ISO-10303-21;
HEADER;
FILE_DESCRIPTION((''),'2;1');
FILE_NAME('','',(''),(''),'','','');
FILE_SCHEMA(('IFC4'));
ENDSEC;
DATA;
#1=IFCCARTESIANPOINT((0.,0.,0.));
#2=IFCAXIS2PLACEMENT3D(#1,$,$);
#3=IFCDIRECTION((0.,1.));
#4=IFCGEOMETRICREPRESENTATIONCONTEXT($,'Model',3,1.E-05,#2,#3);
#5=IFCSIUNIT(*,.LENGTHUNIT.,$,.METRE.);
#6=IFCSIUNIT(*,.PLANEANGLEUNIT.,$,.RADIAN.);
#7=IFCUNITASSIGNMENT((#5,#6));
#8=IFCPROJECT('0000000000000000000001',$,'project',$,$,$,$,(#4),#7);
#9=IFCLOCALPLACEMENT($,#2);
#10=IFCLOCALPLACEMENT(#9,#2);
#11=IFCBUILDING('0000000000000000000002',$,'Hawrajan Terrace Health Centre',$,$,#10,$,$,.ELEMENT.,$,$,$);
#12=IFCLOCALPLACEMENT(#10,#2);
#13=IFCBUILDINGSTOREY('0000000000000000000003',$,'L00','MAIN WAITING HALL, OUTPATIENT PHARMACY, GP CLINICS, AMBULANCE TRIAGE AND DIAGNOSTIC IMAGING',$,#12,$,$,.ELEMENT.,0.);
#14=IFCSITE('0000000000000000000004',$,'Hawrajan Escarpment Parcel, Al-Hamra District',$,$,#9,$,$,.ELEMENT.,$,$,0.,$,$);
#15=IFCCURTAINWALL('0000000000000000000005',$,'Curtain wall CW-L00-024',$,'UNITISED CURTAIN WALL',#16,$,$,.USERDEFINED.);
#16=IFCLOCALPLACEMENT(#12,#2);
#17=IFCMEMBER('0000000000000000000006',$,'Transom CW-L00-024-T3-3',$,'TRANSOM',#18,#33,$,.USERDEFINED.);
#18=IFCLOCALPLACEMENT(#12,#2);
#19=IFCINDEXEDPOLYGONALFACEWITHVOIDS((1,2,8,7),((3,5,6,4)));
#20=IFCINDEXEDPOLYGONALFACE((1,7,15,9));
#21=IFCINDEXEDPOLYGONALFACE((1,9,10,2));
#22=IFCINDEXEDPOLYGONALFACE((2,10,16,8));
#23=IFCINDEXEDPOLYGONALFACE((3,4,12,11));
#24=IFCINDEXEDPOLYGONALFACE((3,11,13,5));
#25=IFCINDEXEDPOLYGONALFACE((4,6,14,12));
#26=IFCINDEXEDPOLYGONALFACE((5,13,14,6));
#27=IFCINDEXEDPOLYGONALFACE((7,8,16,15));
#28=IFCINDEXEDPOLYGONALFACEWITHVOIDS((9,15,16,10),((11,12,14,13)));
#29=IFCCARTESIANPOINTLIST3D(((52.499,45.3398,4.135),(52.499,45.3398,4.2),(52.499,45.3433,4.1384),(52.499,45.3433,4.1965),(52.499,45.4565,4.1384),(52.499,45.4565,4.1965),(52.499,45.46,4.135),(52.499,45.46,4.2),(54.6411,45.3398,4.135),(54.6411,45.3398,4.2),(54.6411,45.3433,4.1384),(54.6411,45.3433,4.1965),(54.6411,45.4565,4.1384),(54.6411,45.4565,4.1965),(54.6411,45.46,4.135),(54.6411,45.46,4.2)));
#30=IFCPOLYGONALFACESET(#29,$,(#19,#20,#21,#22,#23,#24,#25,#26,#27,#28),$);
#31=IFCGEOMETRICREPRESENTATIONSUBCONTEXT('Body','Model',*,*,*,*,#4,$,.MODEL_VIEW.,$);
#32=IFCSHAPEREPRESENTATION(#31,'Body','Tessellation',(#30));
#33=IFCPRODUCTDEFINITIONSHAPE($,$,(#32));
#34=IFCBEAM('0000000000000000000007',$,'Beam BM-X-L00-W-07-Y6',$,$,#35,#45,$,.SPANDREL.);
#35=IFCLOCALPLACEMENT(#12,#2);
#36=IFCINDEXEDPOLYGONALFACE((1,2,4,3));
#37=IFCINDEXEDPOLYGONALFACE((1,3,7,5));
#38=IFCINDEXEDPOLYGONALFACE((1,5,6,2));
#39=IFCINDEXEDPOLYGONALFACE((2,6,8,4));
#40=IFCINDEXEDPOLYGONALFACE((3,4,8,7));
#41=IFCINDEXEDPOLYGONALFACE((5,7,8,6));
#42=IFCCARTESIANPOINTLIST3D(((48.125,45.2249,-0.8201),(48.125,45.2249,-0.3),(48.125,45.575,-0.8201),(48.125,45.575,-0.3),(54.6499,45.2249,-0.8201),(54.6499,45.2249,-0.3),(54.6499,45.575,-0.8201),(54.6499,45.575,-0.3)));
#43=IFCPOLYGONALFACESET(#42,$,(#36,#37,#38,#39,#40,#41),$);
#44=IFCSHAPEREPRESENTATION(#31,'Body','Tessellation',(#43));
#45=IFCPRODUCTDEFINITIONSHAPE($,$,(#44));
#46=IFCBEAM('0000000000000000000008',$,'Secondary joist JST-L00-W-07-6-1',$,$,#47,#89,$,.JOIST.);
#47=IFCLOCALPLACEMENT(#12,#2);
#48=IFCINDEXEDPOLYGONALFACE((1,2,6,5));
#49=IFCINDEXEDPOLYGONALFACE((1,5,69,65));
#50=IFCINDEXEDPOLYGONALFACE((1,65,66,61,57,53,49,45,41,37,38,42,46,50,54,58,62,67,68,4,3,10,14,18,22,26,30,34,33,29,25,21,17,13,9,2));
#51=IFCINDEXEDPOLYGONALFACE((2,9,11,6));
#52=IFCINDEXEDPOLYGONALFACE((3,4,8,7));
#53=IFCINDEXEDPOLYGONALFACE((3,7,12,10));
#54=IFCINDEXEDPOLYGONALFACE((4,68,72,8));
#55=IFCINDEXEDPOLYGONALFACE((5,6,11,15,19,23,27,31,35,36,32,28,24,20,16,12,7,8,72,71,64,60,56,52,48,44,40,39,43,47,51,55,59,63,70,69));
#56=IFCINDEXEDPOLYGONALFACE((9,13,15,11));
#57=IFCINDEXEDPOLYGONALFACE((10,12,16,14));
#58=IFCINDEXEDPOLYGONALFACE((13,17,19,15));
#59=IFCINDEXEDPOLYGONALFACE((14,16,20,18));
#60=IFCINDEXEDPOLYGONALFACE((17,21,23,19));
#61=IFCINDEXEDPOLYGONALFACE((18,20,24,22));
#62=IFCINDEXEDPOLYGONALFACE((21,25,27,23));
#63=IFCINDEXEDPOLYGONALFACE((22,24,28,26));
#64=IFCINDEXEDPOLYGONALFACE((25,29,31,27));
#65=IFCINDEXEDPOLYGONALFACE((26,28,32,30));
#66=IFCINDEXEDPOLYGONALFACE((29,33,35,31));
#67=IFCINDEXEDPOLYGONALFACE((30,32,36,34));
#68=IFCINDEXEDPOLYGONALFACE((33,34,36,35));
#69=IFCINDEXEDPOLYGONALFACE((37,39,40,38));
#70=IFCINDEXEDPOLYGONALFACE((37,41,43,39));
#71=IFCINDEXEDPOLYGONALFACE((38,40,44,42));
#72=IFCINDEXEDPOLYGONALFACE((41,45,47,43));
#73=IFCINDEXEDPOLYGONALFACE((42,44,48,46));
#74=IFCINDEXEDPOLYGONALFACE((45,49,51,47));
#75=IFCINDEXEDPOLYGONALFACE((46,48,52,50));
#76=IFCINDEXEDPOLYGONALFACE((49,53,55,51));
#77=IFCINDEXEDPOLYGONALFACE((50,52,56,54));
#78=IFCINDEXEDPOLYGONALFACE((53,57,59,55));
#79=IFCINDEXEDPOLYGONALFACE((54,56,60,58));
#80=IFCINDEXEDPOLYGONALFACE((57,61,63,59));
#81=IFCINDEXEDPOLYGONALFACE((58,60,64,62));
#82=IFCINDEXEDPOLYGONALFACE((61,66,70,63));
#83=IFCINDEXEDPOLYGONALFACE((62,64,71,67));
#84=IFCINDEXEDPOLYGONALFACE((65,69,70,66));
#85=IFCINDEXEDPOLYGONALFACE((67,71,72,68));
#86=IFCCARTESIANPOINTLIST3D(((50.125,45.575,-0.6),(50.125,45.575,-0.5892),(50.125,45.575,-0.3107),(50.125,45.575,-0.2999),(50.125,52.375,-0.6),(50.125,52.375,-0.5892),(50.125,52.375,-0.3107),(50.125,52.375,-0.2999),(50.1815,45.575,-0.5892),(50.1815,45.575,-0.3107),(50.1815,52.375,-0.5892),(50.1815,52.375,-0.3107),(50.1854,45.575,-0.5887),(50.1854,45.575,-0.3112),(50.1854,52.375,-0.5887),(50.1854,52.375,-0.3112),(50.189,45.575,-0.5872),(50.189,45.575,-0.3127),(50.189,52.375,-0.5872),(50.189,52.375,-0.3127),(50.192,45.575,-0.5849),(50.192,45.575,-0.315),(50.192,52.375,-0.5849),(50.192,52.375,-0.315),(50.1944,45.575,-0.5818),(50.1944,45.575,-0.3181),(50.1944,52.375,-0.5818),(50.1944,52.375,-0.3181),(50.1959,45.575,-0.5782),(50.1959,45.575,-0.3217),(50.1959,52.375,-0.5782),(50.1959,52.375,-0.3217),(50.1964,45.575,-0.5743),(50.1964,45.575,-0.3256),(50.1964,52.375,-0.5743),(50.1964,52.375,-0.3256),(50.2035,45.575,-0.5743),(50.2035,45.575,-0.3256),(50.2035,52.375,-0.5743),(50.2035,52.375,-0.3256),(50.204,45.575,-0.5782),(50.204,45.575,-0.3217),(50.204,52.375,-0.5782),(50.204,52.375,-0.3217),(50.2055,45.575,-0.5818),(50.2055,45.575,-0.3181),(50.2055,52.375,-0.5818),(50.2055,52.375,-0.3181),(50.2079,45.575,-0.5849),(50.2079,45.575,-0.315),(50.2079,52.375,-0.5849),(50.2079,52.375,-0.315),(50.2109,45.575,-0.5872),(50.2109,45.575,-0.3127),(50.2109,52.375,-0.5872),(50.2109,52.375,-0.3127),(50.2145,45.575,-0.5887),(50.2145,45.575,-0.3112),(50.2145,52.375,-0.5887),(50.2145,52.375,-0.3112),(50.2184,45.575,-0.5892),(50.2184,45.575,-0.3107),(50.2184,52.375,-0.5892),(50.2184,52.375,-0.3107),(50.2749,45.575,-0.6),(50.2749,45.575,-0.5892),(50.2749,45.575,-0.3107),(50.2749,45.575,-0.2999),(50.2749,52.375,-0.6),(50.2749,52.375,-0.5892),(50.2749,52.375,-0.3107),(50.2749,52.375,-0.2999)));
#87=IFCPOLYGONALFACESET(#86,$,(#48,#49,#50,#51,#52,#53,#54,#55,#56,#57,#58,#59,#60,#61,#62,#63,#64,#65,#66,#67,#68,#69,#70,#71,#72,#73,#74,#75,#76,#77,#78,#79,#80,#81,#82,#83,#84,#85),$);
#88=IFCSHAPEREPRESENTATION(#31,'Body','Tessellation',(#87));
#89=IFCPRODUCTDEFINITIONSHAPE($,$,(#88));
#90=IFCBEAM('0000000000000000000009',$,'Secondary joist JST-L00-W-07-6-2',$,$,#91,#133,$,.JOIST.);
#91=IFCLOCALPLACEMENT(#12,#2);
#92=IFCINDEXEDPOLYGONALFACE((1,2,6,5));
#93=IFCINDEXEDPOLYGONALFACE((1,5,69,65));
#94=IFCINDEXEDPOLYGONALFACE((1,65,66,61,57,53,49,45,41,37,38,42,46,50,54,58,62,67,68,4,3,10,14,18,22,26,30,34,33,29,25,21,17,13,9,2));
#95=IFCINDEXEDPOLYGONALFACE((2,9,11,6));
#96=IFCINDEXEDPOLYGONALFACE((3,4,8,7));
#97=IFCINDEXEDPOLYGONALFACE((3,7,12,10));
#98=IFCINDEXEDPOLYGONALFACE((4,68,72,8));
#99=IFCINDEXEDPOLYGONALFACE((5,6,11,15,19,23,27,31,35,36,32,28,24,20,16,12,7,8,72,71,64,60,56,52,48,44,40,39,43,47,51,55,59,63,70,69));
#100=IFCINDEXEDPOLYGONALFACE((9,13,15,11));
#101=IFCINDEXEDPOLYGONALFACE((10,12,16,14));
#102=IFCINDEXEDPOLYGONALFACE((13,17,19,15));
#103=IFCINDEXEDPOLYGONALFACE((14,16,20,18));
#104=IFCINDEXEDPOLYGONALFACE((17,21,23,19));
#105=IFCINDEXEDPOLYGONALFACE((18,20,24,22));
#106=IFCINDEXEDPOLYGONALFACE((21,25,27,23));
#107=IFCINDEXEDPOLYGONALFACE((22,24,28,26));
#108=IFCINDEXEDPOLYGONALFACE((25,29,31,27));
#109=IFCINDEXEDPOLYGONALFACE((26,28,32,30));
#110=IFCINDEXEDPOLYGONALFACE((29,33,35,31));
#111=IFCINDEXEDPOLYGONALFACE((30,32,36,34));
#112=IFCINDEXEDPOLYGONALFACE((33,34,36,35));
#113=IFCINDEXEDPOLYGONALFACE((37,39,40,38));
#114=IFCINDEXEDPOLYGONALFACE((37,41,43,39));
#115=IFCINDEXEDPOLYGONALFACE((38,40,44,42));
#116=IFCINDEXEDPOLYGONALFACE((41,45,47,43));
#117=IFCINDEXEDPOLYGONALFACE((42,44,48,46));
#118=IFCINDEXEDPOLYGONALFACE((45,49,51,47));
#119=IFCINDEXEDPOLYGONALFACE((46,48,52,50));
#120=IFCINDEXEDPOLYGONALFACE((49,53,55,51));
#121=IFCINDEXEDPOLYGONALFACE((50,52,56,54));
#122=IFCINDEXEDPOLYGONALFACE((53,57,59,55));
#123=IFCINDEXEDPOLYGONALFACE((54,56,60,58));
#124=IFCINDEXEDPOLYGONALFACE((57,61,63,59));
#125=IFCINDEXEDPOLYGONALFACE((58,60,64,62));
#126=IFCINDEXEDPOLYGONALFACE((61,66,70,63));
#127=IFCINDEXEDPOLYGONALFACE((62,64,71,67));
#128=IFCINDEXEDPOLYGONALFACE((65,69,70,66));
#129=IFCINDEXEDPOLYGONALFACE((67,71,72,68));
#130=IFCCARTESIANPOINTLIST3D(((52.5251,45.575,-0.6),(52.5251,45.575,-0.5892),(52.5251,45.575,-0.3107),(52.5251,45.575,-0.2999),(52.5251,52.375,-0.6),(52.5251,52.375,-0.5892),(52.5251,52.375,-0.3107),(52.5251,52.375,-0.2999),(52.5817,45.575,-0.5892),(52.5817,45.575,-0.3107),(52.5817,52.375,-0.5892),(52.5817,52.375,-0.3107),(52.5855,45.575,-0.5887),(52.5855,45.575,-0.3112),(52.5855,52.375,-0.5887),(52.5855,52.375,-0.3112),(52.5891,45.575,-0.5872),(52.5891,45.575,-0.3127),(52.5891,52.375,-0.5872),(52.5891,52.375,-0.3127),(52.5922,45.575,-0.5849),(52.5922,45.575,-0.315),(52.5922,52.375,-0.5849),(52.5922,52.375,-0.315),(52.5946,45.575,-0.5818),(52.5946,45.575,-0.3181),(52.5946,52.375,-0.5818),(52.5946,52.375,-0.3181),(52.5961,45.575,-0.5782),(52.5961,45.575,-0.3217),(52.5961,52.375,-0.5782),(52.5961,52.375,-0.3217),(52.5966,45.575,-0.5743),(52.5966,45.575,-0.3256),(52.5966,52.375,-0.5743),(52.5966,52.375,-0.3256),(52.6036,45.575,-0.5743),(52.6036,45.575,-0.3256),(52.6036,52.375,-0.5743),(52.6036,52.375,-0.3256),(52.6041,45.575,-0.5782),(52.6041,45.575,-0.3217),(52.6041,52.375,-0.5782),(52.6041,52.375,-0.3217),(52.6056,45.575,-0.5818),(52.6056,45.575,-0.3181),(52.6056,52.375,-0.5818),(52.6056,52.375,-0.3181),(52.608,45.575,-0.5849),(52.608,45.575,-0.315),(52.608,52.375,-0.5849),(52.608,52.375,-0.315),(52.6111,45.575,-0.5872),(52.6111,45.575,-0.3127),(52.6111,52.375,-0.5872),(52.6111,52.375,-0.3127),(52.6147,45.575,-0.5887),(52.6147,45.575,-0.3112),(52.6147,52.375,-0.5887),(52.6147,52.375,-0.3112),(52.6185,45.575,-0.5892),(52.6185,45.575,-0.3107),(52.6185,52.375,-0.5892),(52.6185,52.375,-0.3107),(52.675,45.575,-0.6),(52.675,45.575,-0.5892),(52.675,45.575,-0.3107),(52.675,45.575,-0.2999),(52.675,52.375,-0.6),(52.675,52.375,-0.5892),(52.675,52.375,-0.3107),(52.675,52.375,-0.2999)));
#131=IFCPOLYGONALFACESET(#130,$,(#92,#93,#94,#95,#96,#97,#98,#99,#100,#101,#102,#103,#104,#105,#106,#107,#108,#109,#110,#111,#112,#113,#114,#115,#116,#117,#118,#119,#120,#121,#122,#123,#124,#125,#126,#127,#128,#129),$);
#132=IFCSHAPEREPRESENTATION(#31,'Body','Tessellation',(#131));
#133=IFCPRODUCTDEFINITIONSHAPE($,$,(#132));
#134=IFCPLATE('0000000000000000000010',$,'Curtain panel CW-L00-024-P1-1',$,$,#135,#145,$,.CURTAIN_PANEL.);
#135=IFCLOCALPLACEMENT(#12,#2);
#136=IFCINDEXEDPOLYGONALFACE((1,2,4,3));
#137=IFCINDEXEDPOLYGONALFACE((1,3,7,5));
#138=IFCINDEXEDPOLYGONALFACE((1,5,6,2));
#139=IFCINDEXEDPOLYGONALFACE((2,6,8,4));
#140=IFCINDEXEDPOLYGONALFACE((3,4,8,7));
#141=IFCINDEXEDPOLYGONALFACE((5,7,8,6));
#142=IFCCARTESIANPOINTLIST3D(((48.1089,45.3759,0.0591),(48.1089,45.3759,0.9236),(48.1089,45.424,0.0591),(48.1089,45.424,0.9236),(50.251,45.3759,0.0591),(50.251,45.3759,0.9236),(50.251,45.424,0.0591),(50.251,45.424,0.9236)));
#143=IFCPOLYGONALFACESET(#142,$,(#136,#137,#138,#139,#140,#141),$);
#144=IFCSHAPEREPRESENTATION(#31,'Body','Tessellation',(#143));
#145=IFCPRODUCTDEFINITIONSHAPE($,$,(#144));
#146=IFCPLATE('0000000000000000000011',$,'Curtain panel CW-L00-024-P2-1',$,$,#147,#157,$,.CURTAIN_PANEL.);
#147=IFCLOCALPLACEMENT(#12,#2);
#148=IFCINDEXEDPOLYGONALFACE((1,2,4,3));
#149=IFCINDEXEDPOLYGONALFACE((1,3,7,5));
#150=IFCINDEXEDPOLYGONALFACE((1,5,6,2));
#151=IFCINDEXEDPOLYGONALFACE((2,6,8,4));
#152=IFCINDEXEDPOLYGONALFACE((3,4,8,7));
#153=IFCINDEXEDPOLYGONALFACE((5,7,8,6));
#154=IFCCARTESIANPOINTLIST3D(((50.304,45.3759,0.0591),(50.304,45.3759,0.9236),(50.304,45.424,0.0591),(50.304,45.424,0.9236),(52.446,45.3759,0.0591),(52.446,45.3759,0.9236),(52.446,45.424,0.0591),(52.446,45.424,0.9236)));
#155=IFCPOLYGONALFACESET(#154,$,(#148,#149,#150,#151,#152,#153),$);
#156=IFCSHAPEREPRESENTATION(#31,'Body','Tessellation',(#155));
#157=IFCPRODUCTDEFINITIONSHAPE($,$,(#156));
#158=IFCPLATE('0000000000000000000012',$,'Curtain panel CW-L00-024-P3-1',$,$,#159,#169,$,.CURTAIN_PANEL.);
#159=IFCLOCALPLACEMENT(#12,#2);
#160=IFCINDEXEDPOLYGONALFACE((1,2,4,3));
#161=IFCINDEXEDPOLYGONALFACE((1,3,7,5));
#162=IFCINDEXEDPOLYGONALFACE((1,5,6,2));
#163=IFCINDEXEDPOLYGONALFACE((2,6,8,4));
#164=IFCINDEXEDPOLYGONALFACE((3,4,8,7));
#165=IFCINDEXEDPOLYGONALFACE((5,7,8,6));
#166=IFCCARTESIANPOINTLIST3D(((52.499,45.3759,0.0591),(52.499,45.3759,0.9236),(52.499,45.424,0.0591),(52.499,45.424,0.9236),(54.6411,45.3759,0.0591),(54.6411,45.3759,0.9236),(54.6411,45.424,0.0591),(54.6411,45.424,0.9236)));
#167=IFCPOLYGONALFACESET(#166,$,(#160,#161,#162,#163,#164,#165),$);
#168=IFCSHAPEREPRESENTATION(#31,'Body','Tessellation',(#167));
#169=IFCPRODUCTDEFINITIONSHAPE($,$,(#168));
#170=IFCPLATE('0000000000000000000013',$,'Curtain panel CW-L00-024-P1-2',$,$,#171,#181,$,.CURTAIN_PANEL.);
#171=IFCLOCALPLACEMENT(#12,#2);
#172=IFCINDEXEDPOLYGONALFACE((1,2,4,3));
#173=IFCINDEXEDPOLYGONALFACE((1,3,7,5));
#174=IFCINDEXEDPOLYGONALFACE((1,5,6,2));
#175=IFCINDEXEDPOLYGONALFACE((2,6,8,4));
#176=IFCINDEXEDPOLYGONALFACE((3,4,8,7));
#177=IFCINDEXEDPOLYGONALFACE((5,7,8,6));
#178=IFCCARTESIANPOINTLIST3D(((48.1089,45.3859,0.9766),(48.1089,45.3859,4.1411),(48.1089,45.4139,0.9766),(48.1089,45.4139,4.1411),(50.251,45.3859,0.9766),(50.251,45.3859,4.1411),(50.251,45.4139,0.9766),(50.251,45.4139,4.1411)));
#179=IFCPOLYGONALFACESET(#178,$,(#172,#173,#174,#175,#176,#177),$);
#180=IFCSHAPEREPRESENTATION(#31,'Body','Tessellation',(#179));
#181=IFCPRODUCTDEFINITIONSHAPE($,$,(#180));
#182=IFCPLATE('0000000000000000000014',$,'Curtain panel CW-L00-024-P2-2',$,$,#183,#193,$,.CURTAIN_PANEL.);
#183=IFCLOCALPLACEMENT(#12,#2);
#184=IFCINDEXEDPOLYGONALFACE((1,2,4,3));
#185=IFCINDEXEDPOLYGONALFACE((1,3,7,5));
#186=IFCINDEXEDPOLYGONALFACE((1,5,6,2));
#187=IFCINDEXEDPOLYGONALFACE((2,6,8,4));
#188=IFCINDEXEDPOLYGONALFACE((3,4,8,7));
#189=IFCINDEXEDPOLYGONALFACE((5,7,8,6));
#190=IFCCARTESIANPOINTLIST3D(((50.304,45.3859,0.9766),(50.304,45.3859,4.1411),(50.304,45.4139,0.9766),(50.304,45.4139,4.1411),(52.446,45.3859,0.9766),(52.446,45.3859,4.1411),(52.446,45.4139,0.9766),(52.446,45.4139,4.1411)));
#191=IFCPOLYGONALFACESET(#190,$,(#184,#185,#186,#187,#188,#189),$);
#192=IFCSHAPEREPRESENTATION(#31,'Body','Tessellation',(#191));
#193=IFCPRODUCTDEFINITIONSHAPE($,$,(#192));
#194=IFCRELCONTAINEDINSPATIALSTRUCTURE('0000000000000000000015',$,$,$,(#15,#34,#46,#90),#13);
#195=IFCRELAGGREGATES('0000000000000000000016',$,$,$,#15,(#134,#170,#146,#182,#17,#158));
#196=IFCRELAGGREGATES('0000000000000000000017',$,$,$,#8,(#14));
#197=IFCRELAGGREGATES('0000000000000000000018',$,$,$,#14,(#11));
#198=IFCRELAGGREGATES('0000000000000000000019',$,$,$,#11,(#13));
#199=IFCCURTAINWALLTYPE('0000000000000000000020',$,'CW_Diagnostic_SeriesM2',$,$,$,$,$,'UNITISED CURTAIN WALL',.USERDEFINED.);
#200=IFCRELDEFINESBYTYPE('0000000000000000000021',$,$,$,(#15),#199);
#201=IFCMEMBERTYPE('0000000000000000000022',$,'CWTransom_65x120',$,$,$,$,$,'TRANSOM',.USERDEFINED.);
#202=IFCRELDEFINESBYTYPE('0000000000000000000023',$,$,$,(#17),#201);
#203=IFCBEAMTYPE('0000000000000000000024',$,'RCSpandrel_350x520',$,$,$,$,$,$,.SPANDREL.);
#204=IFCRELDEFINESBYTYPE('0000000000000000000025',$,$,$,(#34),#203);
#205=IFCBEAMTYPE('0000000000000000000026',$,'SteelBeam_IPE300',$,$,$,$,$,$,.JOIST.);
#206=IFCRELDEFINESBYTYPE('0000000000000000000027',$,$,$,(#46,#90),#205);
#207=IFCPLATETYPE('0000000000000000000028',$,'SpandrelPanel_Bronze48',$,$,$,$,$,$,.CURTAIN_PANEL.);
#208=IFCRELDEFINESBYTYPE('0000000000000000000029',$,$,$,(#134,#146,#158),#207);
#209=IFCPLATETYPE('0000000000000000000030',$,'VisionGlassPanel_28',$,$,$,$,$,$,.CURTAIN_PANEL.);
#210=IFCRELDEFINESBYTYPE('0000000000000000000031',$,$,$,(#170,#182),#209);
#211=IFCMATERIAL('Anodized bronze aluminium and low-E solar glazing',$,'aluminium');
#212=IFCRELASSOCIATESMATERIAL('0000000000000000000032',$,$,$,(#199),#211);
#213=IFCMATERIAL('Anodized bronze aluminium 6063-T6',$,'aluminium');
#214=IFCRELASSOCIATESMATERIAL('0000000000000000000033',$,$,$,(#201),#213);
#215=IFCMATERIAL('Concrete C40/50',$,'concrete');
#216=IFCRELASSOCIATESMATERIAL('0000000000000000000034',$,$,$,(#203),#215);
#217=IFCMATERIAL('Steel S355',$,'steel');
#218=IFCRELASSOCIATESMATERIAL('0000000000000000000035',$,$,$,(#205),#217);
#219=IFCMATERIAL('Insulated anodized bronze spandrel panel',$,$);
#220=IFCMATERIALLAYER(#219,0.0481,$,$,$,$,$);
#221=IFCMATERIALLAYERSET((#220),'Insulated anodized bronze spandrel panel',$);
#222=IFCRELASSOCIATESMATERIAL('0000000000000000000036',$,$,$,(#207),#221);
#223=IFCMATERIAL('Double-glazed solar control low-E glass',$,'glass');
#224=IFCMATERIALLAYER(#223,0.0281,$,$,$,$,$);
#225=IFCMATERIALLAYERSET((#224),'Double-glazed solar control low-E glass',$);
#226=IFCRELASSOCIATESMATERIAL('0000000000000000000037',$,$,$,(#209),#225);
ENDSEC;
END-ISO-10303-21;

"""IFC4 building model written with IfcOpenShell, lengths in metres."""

from ifc_helpers import new_model, si_unit, direction, frame, origin, origin_2d, place, context, subcontext, project, spatial, rectangle, hollow_rectangle, i_section, extrude, material, layer, layer_set, material_profile, profile_set, type_object, element, aggregate, save


model = new_model("IFC4")

# Units and contexts
model_context = context("Model", 3, precision=1e-05, world=origin(), true_north=direction((0.0, 1.0)))
body_context = subcontext(model_context, "Body", "Model", "MODEL_VIEW")
ifc_project = project(units=[si_unit("LENGTHUNIT", "METRE"), si_unit("PLANEANGLEUNIT", "RADIAN")], contexts=[model_context])

# Site, building, storey
site_placement = place(None, origin())
site = spatial("IfcSite", under=ifc_project, at=site_placement, Name="Hawrajan Escarpment Parcel, Al-Hamra District", CompositionType="ELEMENT", RefElevation=0.0)
building_placement = place(site_placement, origin())
building = spatial("IfcBuilding", under=site, at=building_placement, Name="Hawrajan Terrace Health Centre", CompositionType="ELEMENT")
storey_placement = place(building_placement, origin())
storey = spatial("IfcBuildingStorey", under=building, at=storey_placement, Name="L00", Description="MAIN WAITING HALL, OUTPATIENT PHARMACY, GP CLINICS, AMBULANCE TRIAGE AND DIAGNOSTIC IMAGING", CompositionType="ELEMENT", Elevation=0.0)

# Shared definitions
ifc_material_1 = material(Name="Concrete C40/50", Category="concrete")

# Curtain wall
ifc_material_2 = material(Name="Anodized bronze aluminium and low-E solar glazing", Category="aluminium")
curtain_wall_type_1 = type_object("IfcCurtainWallType", Name="CW_Diagnostic_SeriesM2", ElementType="UNITISED CURTAIN WALL", PredefinedType="USERDEFINED", material=ifc_material_2)
curtain_wall_1_placement = place(storey_placement, origin())
curtain_wall_1 = element("IfcCurtainWall", 1, at=curtain_wall_1_placement, inside=storey, type_object=curtain_wall_type_1, Name="Curtain wall CW-L00-024", ObjectType="UNITISED CURTAIN WALL", PredefinedType="USERDEFINED")
ifc_material_3 = material(Name="Anodized bronze aluminium 6063-T6", Category="aluminium")

# Member
ifc_material_profile_1 = material_profile(ifc_material_3, hollow_rectangle(XDim=0.0649, YDim=0.1201, WallThickness=0.0034, at=origin_2d()), Name="CW TRN 65x120")
ifc_profile_set_1 = profile_set([ifc_material_profile_1], Name="Anodized bronze aluminium 6063-T6")
member_type_1 = type_object("IfcMemberType", Name="CWTransom_65x120", ElementType="TRANSOM", PredefinedType="USERDEFINED", material=ifc_profile_set_1)
member_1_placement = place(storey_placement, frame((52.499, 45.3999, 4.1675), z_axis=(1.0, 0.0, 0.0), x_axis=(0.0, 0.0, 1.0)))
member_1 = element("IfcMember", 2, at=member_1_placement, type_object=member_type_1, Name="Transom CW-L00-024-T3-3", ObjectType="TRANSOM", PredefinedType="USERDEFINED", context=body_context, shape_type="SweptSolid", body=[
    extrude(hollow_rectangle(XDim=0.0649, YDim=0.1201, WallThickness=0.0034, at=origin_2d()), origin(), (0.0, 0.0, 1.0), 2.1421),
])

# Beams
ifc_material_profile_2 = material_profile(ifc_material_1, rectangle(XDim=0.3501, YDim=0.52, at=origin_2d()), Name="RC SP 350x520")
ifc_profile_set_2 = profile_set([ifc_material_profile_2], Name="Concrete C40/50")
beam_type_1 = type_object("IfcBeamType", Name="RCSpandrel_350x520", PredefinedType="SPANDREL", material=ifc_profile_set_2)
beam_placement = place(storey_placement, frame((48.125, 45.3999, -0.5601), z_axis=(1.0, 0.0, 0.0), x_axis=(0.0, 1.0, 0.0)))
element("IfcBeam", 3, at=beam_placement, inside=storey, type_object=beam_type_1, Name="Beam BM-X-L00-W-07-Y6", PredefinedType="SPANDREL", context=body_context, shape_type="SweptSolid", body=[
    extrude(rectangle(XDim=0.3501, YDim=0.52, at=origin_2d()), origin(), (0.0, 0.0, 1.0), 6.5249),
])
ifc_material_4 = material(Name="Steel S355", Category="steel")
ifc_material_profile_3 = material_profile(ifc_material_4, i_section(OverallWidth=0.1499, OverallDepth=0.3, WebThickness=0.0071, FlangeThickness=0.0107, FilletRadius=0.0149, at=origin_2d()), Name="IPE 300")
ifc_profile_set_3 = profile_set([ifc_material_profile_3], Name="Steel S355")
beam_type_2 = type_object("IfcBeamType", Name="SteelBeam_IPE300", PredefinedType="JOIST", material=ifc_profile_set_3)
for number, where, z_axis, x_axis, name in (
    (4, (50.2, 45.575, -0.45), (0.0, 1.0, 0.0), (-1.0, 0.0, 0.0), "Secondary joist JST-L00-W-07-6-1"),
    (5, (52.6001, 45.575, -0.45), (0.0, 1.0, 0.0), (-1.0, 0.0, 0.0), "Secondary joist JST-L00-W-07-6-2"),
):
    element("IfcBeam", number, at=place(storey_placement, frame(where, z_axis=z_axis, x_axis=x_axis)), inside=storey, type_object=beam_type_2, Name=name, PredefinedType="JOIST", context=body_context, shape_type="SweptSolid", body=[
        extrude(i_section(OverallWidth=0.1499, OverallDepth=0.3, WebThickness=0.0071, FlangeThickness=0.0107, FilletRadius=0.0149, at=origin_2d()), origin(), (0.0, 0.0, 1.0), 6.8),
    ])

# Plates
ifc_material_5 = material(Name="Insulated anodized bronze spandrel panel")
ifc_layer_1 = layer(ifc_material_5, 0.0481)
ifc_layer_set_1 = layer_set([ifc_layer_1], Name="Insulated anodized bronze spandrel panel")
plate_type_1 = type_object("IfcPlateType", Name="SpandrelPanel_Bronze48", PredefinedType="CURTAIN_PANEL", material=ifc_layer_set_1)
plate_1_placement = place(storey_placement, frame((49.1799, 45.3999, 0.0591), z_axis=(0.0, 0.0, 1.0), x_axis=(1.0, 0.0, 0.0)))
plate_1 = element("IfcPlate", 6, at=plate_1_placement, type_object=plate_type_1, Name="Curtain panel CW-L00-024-P1-1", PredefinedType="CURTAIN_PANEL", context=body_context, shape_type="SweptSolid", body=[
    extrude(rectangle(XDim=2.1421, YDim=0.0481, at=origin_2d()), origin(), (0.0, 0.0, 1.0), 0.8645),
])
plate_2_placement = place(storey_placement, frame((51.375, 45.3999, 0.0591), z_axis=(0.0, 0.0, 1.0), x_axis=(1.0, 0.0, 0.0)))
plate_2 = element("IfcPlate", 7, at=plate_2_placement, type_object=plate_type_1, Name="Curtain panel CW-L00-024-P2-1", PredefinedType="CURTAIN_PANEL", context=body_context, shape_type="SweptSolid", body=[
    extrude(rectangle(XDim=2.1421, YDim=0.0481, at=origin_2d()), origin(), (0.0, 0.0, 1.0), 0.8645),
])
plate_3_placement = place(storey_placement, frame((53.5701, 45.3999, 0.0591), z_axis=(0.0, 0.0, 1.0), x_axis=(1.0, 0.0, 0.0)))
plate_3 = element("IfcPlate", 8, at=plate_3_placement, type_object=plate_type_1, Name="Curtain panel CW-L00-024-P3-1", PredefinedType="CURTAIN_PANEL", context=body_context, shape_type="SweptSolid", body=[
    extrude(rectangle(XDim=2.1421, YDim=0.0481, at=origin_2d()), origin(), (0.0, 0.0, 1.0), 0.8645),
])
ifc_material_6 = material(Name="Double-glazed solar control low-E glass", Category="glass")
ifc_layer_2 = layer(ifc_material_6, 0.0281)
ifc_layer_set_2 = layer_set([ifc_layer_2], Name="Double-glazed solar control low-E glass")
plate_type_2 = type_object("IfcPlateType", Name="VisionGlassPanel_28", PredefinedType="CURTAIN_PANEL", material=ifc_layer_set_2)
plate_4_placement = place(storey_placement, frame((49.1799, 45.3999, 0.9766), z_axis=(0.0, 0.0, 1.0), x_axis=(1.0, 0.0, 0.0)))
plate_4 = element("IfcPlate", 9, at=plate_4_placement, type_object=plate_type_2, Name="Curtain panel CW-L00-024-P1-2", PredefinedType="CURTAIN_PANEL", context=body_context, shape_type="SweptSolid", body=[
    extrude(rectangle(XDim=2.1421, YDim=0.0281, at=origin_2d()), origin(), (0.0, 0.0, 1.0), 3.1646),
])
plate_5_placement = place(storey_placement, frame((51.375, 45.3999, 0.9766), z_axis=(0.0, 0.0, 1.0), x_axis=(1.0, 0.0, 0.0)))
plate_5 = element("IfcPlate", 10, at=plate_5_placement, type_object=plate_type_2, Name="Curtain panel CW-L00-024-P2-2", PredefinedType="CURTAIN_PANEL", context=body_context, shape_type="SweptSolid", body=[
    extrude(rectangle(XDim=2.1421, YDim=0.0281, at=origin_2d()), origin(), (0.0, 0.0, 1.0), 3.1646),
])
aggregate(curtain_wall_1, [plate_1, plate_4, plate_2, plate_5, member_1, plate_3])

save(model, "model.ifc")
